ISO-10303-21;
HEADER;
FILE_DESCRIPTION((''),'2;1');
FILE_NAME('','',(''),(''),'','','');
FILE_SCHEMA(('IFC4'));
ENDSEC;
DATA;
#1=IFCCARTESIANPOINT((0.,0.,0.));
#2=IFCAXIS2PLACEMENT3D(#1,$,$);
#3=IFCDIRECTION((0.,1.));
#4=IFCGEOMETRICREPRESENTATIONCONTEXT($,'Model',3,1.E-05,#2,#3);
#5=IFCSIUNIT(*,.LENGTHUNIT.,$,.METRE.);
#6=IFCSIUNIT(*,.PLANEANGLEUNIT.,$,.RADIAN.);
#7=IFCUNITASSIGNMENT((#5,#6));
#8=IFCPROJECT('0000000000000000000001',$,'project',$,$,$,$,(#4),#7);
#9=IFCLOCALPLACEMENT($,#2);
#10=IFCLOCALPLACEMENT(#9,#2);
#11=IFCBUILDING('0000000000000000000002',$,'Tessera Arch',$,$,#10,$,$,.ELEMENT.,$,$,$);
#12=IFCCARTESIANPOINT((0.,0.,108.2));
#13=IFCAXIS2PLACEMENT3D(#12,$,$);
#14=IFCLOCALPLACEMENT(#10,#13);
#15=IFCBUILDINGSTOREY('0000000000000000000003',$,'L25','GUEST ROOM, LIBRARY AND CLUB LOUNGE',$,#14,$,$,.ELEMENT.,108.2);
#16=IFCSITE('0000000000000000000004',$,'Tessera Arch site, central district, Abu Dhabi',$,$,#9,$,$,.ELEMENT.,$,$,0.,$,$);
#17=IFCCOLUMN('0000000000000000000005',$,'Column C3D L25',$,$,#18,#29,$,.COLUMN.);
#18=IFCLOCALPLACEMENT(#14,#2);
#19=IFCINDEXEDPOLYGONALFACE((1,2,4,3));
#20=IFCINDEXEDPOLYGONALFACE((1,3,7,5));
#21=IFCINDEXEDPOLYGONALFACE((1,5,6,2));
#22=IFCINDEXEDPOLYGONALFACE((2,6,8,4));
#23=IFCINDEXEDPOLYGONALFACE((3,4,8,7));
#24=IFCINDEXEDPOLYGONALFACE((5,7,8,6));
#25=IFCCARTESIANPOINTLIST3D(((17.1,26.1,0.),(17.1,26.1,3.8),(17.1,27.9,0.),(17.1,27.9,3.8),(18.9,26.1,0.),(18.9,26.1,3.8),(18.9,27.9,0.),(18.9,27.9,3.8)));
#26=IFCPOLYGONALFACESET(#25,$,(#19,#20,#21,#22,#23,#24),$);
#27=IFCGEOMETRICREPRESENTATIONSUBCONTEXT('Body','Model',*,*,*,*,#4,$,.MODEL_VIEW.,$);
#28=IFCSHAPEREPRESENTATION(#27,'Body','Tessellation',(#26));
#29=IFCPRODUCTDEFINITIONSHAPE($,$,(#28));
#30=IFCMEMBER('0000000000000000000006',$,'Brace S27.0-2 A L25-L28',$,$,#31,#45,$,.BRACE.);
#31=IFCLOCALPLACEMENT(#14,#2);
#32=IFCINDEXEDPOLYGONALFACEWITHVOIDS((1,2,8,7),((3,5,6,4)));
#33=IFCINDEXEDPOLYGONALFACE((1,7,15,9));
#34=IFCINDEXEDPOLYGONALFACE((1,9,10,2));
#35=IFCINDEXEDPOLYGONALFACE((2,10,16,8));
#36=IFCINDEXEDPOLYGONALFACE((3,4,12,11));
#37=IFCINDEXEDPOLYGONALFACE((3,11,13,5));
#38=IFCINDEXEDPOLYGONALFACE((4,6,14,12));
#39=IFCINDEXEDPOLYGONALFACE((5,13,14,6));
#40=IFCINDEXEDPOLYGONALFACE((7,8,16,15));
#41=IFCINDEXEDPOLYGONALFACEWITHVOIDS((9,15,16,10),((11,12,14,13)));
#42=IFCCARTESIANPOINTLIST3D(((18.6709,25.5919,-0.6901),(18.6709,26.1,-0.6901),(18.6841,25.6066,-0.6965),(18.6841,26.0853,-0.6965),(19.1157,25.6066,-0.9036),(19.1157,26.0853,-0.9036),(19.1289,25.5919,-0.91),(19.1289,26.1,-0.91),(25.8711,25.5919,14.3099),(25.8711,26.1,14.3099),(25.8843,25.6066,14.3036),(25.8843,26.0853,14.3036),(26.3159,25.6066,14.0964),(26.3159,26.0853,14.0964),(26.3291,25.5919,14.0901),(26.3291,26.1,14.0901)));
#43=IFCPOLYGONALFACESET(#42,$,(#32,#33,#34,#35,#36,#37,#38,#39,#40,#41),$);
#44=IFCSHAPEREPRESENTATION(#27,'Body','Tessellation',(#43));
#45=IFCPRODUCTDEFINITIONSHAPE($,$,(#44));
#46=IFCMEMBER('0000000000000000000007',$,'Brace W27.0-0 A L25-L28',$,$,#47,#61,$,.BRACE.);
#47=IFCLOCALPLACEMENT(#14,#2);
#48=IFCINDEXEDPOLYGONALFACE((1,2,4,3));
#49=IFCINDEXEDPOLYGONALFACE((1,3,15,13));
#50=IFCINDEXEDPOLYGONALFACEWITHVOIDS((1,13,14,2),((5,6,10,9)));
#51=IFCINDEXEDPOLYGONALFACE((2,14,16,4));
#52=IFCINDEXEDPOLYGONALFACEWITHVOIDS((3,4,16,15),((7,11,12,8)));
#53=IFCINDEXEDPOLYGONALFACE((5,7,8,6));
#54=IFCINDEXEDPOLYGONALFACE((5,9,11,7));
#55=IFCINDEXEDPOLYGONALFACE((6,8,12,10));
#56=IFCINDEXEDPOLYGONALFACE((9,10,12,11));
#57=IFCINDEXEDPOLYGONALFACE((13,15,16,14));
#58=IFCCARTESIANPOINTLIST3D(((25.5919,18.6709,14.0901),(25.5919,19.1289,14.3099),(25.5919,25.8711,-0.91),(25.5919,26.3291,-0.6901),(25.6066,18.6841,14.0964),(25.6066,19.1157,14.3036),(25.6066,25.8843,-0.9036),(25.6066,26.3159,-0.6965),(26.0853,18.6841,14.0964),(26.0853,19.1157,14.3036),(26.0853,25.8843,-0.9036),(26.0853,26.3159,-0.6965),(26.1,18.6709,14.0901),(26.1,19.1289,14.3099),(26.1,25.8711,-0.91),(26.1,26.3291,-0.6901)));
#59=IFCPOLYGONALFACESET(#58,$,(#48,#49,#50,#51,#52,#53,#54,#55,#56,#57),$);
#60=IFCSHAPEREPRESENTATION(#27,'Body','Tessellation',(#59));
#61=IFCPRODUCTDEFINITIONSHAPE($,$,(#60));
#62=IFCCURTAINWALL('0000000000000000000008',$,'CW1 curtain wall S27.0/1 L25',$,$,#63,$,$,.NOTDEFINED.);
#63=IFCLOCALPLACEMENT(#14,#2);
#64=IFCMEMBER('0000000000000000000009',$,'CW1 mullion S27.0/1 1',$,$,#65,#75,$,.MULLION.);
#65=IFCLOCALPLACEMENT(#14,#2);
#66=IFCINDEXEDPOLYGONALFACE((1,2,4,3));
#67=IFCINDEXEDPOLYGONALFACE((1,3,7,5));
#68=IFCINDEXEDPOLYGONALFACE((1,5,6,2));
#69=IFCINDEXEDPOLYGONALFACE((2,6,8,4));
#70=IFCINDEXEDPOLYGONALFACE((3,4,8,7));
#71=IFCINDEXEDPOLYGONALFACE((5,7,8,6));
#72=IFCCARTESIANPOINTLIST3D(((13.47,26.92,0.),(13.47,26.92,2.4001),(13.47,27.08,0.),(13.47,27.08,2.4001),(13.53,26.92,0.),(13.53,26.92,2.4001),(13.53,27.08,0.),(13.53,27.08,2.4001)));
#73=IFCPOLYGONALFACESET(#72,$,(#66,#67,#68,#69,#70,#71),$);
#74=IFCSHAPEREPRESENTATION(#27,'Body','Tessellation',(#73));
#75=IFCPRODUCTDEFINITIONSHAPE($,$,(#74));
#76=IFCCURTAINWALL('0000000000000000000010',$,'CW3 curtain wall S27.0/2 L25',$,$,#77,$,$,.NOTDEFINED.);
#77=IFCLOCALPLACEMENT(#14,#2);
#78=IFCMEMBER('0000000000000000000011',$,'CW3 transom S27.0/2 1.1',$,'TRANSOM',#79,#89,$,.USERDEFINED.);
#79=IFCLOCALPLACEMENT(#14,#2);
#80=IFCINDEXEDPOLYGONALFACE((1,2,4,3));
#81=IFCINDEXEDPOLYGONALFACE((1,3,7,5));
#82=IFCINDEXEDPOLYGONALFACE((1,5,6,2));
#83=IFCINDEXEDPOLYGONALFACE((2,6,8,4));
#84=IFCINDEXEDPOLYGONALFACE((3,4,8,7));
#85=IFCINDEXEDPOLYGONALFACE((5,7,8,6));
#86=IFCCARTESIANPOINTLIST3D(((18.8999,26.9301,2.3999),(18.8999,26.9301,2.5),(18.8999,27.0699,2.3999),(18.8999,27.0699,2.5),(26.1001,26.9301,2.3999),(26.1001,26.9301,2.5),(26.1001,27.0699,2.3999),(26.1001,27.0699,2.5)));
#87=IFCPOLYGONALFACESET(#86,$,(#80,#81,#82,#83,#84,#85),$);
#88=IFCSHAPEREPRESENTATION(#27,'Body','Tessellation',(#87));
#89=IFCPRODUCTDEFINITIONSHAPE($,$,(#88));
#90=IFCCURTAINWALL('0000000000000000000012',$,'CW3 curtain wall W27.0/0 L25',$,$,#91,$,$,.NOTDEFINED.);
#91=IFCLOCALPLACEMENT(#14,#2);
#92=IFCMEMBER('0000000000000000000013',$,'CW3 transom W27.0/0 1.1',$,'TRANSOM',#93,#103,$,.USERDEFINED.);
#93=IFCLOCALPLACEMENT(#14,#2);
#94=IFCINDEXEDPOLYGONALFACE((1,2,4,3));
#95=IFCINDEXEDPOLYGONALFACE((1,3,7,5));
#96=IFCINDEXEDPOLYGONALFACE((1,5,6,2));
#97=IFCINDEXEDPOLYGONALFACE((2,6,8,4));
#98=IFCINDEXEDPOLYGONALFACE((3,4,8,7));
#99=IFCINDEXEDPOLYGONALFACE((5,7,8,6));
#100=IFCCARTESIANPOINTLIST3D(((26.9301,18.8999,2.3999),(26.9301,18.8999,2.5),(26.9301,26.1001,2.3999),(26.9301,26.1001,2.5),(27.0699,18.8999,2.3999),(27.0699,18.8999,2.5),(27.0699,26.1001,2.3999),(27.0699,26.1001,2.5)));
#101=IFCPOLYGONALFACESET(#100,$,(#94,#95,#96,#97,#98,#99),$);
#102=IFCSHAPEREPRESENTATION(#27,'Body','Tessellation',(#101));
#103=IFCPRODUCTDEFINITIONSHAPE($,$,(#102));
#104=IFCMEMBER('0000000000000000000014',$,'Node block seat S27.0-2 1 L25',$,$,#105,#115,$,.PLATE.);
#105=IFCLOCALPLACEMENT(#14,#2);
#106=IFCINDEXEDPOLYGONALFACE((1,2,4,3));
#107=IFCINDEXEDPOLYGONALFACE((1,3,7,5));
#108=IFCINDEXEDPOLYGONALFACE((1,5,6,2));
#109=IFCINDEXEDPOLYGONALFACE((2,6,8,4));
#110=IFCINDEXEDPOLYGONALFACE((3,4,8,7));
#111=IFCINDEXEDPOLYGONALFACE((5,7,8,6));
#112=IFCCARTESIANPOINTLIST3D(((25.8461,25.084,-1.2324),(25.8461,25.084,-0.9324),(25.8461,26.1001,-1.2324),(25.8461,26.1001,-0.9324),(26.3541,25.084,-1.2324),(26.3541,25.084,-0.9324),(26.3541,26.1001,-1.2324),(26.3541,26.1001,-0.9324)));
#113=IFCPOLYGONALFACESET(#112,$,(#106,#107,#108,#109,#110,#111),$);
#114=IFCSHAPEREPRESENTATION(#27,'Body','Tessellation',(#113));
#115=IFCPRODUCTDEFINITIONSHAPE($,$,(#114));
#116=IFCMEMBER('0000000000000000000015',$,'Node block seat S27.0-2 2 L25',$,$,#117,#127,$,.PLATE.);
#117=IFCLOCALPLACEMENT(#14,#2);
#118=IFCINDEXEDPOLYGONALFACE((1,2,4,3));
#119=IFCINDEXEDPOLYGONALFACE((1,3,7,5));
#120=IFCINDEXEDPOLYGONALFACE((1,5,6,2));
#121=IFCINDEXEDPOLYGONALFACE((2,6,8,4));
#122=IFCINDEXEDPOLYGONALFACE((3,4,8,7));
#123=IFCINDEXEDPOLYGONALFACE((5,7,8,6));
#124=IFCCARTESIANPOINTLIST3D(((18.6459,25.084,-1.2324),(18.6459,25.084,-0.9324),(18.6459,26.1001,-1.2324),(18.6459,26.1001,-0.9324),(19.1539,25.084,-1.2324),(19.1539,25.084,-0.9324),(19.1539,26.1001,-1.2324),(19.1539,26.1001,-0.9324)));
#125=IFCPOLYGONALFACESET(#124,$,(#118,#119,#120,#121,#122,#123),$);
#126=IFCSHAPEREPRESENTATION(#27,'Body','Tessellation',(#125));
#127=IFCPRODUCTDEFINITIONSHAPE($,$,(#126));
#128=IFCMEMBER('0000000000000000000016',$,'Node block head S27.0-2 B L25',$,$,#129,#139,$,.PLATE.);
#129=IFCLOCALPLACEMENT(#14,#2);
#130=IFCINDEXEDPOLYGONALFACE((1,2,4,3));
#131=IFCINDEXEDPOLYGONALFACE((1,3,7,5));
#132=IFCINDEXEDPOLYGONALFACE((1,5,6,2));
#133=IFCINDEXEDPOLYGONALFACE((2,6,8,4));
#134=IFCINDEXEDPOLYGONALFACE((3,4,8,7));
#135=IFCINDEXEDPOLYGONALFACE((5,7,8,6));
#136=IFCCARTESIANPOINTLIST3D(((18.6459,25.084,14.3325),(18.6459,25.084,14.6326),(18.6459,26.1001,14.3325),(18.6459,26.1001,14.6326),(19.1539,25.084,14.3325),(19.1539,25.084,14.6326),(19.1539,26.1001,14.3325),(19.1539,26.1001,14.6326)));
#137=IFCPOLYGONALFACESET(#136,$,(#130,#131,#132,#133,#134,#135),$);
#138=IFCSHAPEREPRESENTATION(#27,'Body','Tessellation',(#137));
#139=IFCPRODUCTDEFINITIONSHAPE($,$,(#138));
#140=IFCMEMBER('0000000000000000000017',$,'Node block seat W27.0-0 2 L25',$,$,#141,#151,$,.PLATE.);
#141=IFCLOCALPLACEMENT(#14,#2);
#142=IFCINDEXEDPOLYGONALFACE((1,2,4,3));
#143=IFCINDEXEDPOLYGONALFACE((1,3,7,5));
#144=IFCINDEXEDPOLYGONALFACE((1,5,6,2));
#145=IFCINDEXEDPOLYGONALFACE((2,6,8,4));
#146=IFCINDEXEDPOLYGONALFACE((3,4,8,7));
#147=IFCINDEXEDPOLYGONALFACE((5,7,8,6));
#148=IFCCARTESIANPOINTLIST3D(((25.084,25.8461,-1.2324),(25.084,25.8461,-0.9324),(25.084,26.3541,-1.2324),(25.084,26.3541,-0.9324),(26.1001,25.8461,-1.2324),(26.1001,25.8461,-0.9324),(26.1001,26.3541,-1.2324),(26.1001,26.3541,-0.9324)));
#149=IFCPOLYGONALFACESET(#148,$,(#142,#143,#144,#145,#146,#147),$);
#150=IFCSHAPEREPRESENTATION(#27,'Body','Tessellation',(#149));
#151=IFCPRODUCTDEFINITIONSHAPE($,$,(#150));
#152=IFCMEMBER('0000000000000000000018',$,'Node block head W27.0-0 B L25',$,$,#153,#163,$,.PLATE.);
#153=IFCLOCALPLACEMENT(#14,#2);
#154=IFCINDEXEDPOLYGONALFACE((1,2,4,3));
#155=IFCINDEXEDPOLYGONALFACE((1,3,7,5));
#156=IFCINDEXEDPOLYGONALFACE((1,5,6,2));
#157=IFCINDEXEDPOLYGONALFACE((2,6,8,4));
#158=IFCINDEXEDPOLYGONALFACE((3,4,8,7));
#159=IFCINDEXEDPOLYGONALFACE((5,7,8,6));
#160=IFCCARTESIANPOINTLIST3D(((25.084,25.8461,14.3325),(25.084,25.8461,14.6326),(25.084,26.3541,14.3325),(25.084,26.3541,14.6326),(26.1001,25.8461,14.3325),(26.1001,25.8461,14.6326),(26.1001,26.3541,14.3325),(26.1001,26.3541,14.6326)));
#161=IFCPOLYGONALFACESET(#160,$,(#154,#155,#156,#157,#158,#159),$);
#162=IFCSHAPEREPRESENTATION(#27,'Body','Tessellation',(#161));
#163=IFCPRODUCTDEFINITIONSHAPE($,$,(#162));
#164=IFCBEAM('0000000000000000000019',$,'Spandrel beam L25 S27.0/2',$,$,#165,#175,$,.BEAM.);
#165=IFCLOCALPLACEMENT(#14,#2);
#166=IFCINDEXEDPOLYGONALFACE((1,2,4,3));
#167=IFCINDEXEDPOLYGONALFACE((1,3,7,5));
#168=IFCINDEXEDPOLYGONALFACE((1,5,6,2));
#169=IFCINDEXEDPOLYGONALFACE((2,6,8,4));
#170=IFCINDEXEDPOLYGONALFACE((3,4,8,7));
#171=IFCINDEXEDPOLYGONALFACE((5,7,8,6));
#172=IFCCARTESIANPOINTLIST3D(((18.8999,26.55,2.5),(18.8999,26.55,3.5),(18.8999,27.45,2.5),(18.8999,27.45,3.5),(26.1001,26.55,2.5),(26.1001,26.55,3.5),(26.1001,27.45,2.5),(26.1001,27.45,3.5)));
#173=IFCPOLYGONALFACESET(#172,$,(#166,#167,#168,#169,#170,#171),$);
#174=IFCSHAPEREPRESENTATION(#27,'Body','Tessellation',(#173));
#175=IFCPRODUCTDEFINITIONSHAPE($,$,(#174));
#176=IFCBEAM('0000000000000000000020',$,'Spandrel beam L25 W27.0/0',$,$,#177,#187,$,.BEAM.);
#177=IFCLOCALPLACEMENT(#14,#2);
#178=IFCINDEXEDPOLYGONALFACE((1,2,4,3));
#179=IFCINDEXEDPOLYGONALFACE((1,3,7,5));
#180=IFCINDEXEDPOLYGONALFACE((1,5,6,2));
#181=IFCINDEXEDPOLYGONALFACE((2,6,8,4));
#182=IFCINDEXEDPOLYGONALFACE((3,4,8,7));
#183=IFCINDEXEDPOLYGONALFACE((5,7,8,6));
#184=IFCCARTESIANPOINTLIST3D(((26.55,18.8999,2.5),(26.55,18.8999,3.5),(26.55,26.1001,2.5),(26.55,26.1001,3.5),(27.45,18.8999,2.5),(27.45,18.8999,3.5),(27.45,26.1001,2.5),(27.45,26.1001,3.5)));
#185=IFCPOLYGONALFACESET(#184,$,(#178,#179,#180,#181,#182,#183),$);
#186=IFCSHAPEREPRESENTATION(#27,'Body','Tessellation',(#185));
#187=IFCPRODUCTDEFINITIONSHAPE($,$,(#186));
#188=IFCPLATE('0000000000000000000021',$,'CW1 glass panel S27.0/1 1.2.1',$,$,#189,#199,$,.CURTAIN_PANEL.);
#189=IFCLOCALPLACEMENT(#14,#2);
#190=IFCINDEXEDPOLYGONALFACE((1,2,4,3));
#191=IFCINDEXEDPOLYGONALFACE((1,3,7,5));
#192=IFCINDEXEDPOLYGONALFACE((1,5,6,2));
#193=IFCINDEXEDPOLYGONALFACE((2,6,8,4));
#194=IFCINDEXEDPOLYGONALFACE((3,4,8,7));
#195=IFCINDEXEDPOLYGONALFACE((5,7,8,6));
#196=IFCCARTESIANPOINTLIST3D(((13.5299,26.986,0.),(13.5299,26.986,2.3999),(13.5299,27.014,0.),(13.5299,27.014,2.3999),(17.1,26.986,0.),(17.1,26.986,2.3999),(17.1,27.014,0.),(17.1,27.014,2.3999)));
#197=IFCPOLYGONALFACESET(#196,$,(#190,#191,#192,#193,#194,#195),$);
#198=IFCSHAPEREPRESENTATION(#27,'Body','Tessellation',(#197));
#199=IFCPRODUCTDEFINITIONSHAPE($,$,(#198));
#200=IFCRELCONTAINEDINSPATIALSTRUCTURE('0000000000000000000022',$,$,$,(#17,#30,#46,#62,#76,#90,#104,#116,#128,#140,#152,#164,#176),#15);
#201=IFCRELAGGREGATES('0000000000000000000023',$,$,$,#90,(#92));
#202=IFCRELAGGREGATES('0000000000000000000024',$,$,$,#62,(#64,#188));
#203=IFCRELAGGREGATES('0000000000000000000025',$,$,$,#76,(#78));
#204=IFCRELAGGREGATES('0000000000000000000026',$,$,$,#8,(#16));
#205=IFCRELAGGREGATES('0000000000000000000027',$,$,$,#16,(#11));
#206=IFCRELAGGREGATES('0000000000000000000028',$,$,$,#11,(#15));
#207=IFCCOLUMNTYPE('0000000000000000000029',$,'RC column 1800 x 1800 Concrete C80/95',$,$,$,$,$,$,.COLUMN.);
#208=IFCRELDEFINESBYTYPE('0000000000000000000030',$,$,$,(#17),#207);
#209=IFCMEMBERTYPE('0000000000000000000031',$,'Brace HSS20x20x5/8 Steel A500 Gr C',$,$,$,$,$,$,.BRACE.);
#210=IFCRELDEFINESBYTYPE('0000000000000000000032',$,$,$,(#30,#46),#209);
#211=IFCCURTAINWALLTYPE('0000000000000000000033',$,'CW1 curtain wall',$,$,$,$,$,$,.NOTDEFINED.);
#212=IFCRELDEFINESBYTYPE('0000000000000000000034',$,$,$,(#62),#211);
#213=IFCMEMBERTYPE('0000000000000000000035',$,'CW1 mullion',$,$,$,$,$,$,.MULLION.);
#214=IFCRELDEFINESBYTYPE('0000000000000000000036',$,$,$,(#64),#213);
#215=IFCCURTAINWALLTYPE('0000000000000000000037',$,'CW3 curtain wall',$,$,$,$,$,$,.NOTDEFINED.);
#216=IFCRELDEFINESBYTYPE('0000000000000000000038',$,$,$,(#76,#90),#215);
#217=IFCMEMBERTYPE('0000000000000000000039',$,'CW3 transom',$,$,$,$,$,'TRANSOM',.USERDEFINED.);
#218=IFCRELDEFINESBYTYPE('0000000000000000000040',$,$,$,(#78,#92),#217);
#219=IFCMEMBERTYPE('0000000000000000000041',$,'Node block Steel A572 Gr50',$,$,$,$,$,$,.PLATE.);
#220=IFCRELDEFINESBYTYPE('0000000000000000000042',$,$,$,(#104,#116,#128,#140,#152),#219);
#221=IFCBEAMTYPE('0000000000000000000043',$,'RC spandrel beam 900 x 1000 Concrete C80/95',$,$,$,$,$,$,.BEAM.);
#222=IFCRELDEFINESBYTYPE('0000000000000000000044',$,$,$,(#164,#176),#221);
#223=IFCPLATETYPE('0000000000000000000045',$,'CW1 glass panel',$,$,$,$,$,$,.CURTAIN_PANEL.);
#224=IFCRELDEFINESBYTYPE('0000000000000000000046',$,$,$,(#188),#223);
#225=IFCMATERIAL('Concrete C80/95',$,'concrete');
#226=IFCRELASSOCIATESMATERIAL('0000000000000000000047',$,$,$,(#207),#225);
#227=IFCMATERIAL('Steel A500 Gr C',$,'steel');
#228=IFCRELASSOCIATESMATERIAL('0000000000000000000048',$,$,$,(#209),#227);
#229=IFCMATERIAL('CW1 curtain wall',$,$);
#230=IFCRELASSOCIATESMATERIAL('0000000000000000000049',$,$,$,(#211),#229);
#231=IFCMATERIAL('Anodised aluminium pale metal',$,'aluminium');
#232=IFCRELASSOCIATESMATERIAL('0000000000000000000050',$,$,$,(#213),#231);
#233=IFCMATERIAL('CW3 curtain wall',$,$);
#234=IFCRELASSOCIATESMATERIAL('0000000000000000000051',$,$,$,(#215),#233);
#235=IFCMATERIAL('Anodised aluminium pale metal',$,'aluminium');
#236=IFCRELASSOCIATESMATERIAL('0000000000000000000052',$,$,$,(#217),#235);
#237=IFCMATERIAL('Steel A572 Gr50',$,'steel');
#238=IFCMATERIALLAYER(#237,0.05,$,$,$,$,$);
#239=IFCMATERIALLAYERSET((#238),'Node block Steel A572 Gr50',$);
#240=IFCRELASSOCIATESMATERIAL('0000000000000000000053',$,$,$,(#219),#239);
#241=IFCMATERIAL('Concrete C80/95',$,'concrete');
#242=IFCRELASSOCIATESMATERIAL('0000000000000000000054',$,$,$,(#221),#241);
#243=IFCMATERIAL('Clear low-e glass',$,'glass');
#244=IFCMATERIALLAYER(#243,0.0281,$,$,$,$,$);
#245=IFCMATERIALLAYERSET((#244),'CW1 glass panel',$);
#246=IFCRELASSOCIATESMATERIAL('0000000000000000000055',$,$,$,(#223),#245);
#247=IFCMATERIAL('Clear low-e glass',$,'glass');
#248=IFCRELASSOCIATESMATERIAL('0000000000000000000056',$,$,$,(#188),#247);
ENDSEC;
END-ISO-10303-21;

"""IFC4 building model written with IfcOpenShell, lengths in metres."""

from ifc_helpers import new_model, si_unit, direction, frame, origin, origin_2d, place, context, subcontext, project, spatial, rectangle, hollow_rectangle, extrude, material, layer, layer_set, material_profile, profile_set, type_object, element, aggregate, save


model = new_model("IFC4")

# Units and contexts
model_context = context("Model", 3, precision=1e-05, world=origin(), true_north=direction((0.0, 1.0)))
body_context = subcontext(model_context, "Body", "Model", "MODEL_VIEW")
ifc_project = project(units=[si_unit("LENGTHUNIT", "METRE"), si_unit("PLANEANGLEUNIT", "RADIAN")], contexts=[model_context])

# Site, building, storey
site_placement = place(None, origin())
site = spatial("IfcSite", under=ifc_project, at=site_placement, Name="Tessera Arch site, central district, Abu Dhabi", CompositionType="ELEMENT", RefElevation=0.0)
building_placement = place(site_placement, origin())
building = spatial("IfcBuilding", under=site, at=building_placement, Name="Tessera Arch", CompositionType="ELEMENT")
storey_placement = place(building_placement, frame((0.0, 0.0, 108.2)))
storey = spatial("IfcBuildingStorey", under=building, at=storey_placement, Name="L25", Description="GUEST ROOM, LIBRARY AND CLUB LOUNGE", CompositionType="ELEMENT", Elevation=108.2)

# Column
ifc_material_1 = material(Name="Concrete C80/95", Category="concrete")
ifc_material_profile_1 = material_profile(ifc_material_1, rectangle(XDim=1.8, YDim=1.8, at=origin_2d()), Name="RC column 1800 x 1800 Concrete C80/95")
ifc_profile_set_1 = profile_set([ifc_material_profile_1], Name="Concrete C80/95")
column_type = type_object("IfcColumnType", Name="RC column 1800 x 1800 Concrete C80/95", PredefinedType="COLUMN", material=ifc_profile_set_1)
column_placement = place(storey_placement, frame((18.0, 27.0, 0.0), z_axis=(0.0, 0.0, 1.0), x_axis=(1.0, 0.0, 0.0)))
element("IfcColumn", 1, at=column_placement, inside=storey, type_object=column_type, Name="Column C3D L25", PredefinedType="COLUMN", context=body_context, shape_type="SweptSolid", body=[
    extrude(rectangle(XDim=1.8, YDim=1.8, at=origin_2d()), origin(), (0.0, 0.0, 1.0), 3.8),
])

# Members
ifc_material_2 = material(Name="Steel A500 Gr C", Category="steel")
ifc_material_profile_2 = material_profile(ifc_material_2, hollow_rectangle(XDim=0.5081, YDim=0.5081, WallThickness=0.0146, at=origin_2d()), Name="HSS20x20x5/8")
ifc_profile_set_2 = profile_set([ifc_material_profile_2], Name="Steel A500 Gr C")
member_type_1 = type_object("IfcMemberType", Name="Brace HSS20x20x5/8 Steel A500 Gr C", PredefinedType="BRACE", material=ifc_profile_set_2)
for number, where, z_axis, x_axis, name in (
    (2, (18.8999, 25.8459, -0.8), (0.432741, 0.0, 0.901518), (0.0, 1.0, 0.0), "Brace S27.0-2 A L25-L28"),
    (3, (25.8459, 26.1001, -0.8), (0.0, -0.432741, 0.901518), (1.0, 0.0, 0.0), "Brace W27.0-0 A L25-L28"),
):
    element("IfcMember", number, at=place(storey_placement, frame(where, z_axis=z_axis, x_axis=x_axis)), inside=storey, type_object=member_type_1, Name=name, PredefinedType="BRACE", context=body_context, shape_type="SweptSolid", body=[
        extrude(hollow_rectangle(XDim=0.5081, YDim=0.5081, WallThickness=0.0146, at=origin_2d()), origin(), (0.0, 0.0, 1.0), 16.6387),
    ])

# Curtain walls, members
ifc_material_3 = material(Name="CW1 curtain wall")
curtain_wall_type_1 = type_object("IfcCurtainWallType", Name="CW1 curtain wall", PredefinedType="NOTDEFINED", material=ifc_material_3)
curtain_wall_1_placement = place(storey_placement, origin())
curtain_wall_1 = element("IfcCurtainWall", 4, at=curtain_wall_1_placement, inside=storey, type_object=curtain_wall_type_1, Name="CW1 curtain wall S27.0/1 L25", PredefinedType="NOTDEFINED")
ifc_material_4 = material(Name="Anodised aluminium pale metal", Category="aluminium")
ifc_material_profile_3 = material_profile(ifc_material_4, rectangle(XDim=0.1599, YDim=0.0601, at=origin_2d()), Name="AL 60x160")
ifc_profile_set_3 = profile_set([ifc_material_profile_3], Name="Anodised aluminium pale metal")
member_type_2 = type_object("IfcMemberType", Name="CW1 mullion", PredefinedType="MULLION", material=ifc_profile_set_3)
member_1_placement = place(storey_placement, frame((13.5, 27.0, 0.0), z_axis=(0.0, 0.0, 1.0), x_axis=(0.0, 1.0, 0.0)))
member_1 = element("IfcMember", 5, at=member_1_placement, type_object=member_type_2, Name="CW1 mullion S27.0/1 1", PredefinedType="MULLION", context=body_context, shape_type="SweptSolid", body=[
    extrude(rectangle(XDim=0.1599, YDim=0.0601, at=origin_2d()), origin(), (0.0, 0.0, 1.0), 2.4001),
])
ifc_material_5 = material(Name="CW3 curtain wall")
curtain_wall_type_2 = type_object("IfcCurtainWallType", Name="CW3 curtain wall", PredefinedType="NOTDEFINED", material=ifc_material_5)
curtain_wall_2_placement = place(storey_placement, origin())
curtain_wall_2 = element("IfcCurtainWall", 6, at=curtain_wall_2_placement, inside=storey, type_object=curtain_wall_type_2, Name="CW3 curtain wall S27.0/2 L25", PredefinedType="NOTDEFINED")
ifc_material_6 = material(Name="Anodised aluminium pale metal", Category="aluminium")
ifc_material_profile_4 = material_profile(ifc_material_6, rectangle(XDim=0.1399, YDim=0.1001, at=origin_2d()), Name="AL 140x100")
ifc_profile_set_4 = profile_set([ifc_material_profile_4], Name="Anodised aluminium pale metal")
member_type_3 = type_object("IfcMemberType", Name="CW3 transom", ElementType="TRANSOM", PredefinedType="USERDEFINED", material=ifc_profile_set_4)
member_2_placement = place(storey_placement, frame((18.8999, 27.0, 2.45), z_axis=(1.0, 0.0, 0.0), x_axis=(0.0, 1.0, 0.0)))
member_2 = element("IfcMember", 7, at=member_2_placement, type_object=member_type_3, Name="CW3 transom S27.0/2 1.1", ObjectType="TRANSOM", PredefinedType="USERDEFINED", context=body_context, shape_type="SweptSolid", body=[
    extrude(rectangle(XDim=0.1399, YDim=0.1001, at=origin_2d()), origin(), (0.0, 0.0, 1.0), 7.2002),
])
curtain_wall_3_placement = place(storey_placement, origin())
curtain_wall_3 = element("IfcCurtainWall", 8, at=curtain_wall_3_placement, inside=storey, type_object=curtain_wall_type_2, Name="CW3 curtain wall W27.0/0 L25", PredefinedType="NOTDEFINED")
member_3_placement = place(storey_placement, frame((27.0, 26.1001, 2.45), z_axis=(0.0, -1.0, 0.0), x_axis=(1.0, 0.0, 0.0)))
member_3 = element("IfcMember", 9, at=member_3_placement, type_object=member_type_3, Name="CW3 transom W27.0/0 1.1", ObjectType="TRANSOM", PredefinedType="USERDEFINED", context=body_context, shape_type="SweptSolid", body=[
    extrude(rectangle(XDim=0.1399, YDim=0.1001, at=origin_2d()), origin(), (0.0, 0.0, 1.0), 7.2002),
])
aggregate(curtain_wall_3, [member_3])

# Members
ifc_material_7 = material(Name="Steel A572 Gr50", Category="steel")
ifc_layer_1 = layer(ifc_material_7, 0.05)
ifc_layer_set_1 = layer_set([ifc_layer_1], Name="Node block Steel A572 Gr50")
member_type_4 = type_object("IfcMemberType", Name="Node block Steel A572 Gr50", PredefinedType="PLATE", material=ifc_layer_set_1)
for number, where, z_axis, x_axis, name in (
    (10, (26.1001, 25.592, -1.2324), (0.0, 0.0, 1.0), (1.0, 0.0, 0.0), "Node block seat S27.0-2 1 L25"),
    (11, (18.8999, 25.592, -1.2324), (0.0, 0.0, 1.0), (1.0, 0.0, 0.0), "Node block seat S27.0-2 2 L25"),
    (12, (18.8999, 25.592, 14.3325), (0.0, 0.0, 1.0), (1.0, 0.0, 0.0), "Node block head S27.0-2 B L25"),
    (13, (25.592, 26.1001, -1.2324), (0.0, 0.0, 1.0), (0.0, -1.0, 0.0), "Node block seat W27.0-0 2 L25"),
    (14, (25.592, 26.1001, 14.3325), (0.0, 0.0, 1.0), (0.0, -1.0, 0.0), "Node block head W27.0-0 B L25"),
):
    element("IfcMember", number, at=place(storey_placement, frame(where, z_axis=z_axis, x_axis=x_axis)), inside=storey, type_object=member_type_4, Name=name, PredefinedType="PLATE", context=body_context, shape_type="SweptSolid", body=[
        extrude(rectangle(XDim=0.5081, YDim=1.0161, at=origin_2d()), origin(), (0.0, 0.0, 1.0), 0.3),
    ])

# Beams
ifc_material_8 = material(Name="Concrete C80/95", Category="concrete")
ifc_material_profile_5 = material_profile(ifc_material_8, rectangle(XDim=0.8999, YDim=1.0, at=origin_2d()), Name="RC spandrel beam 900 x 1000 Concrete C80/95")
ifc_profile_set_5 = profile_set([ifc_material_profile_5], Name="Concrete C80/95")
beam_type = type_object("IfcBeamType", Name="RC spandrel beam 900 x 1000 Concrete C80/95", PredefinedType="BEAM", material=ifc_profile_set_5)
for number, where, z_axis, x_axis, name in (
    (15, (18.8999, 27.0, 3.0), (1.0, 0.0, 0.0), (0.0, 1.0, 0.0), "Spandrel beam L25 S27.0/2"),
    (16, (27.0, 26.1001, 3.0), (0.0, -1.0, 0.0), (1.0, 0.0, 0.0), "Spandrel beam L25 W27.0/0"),
):
    element("IfcBeam", number, at=place(storey_placement, frame(where, z_axis=z_axis, x_axis=x_axis)), inside=storey, type_object=beam_type, Name=name, PredefinedType="BEAM", context=body_context, shape_type="SweptSolid", body=[
        extrude(rectangle(XDim=0.8999, YDim=1.0, at=origin_2d()), origin(), (0.0, 0.0, 1.0), 7.2002),
    ])

# Plate
ifc_material_9 = material(Name="Clear low-e glass", Category="glass")
ifc_material_10 = material(Name="Clear low-e glass", Category="glass")
ifc_layer_2 = layer(ifc_material_10, 0.0281)
ifc_layer_set_2 = layer_set([ifc_layer_2], Name="CW1 glass panel")
plate_type_1 = type_object("IfcPlateType", Name="CW1 glass panel", PredefinedType="CURTAIN_PANEL", material=ifc_layer_set_2)
plate_1_placement = place(storey_placement, frame((15.3149, 27.0, 0.0), z_axis=(0.0, 0.0, 1.0), x_axis=(1.0, 0.0, 0.0)))
plate_1 = element("IfcPlate", 17, at=plate_1_placement, type_object=plate_type_1, material=ifc_material_9, Name="CW1 glass panel S27.0/1 1.2.1", PredefinedType="CURTAIN_PANEL", context=body_context, shape_type="SweptSolid", body=[
    extrude(rectangle(XDim=3.5701, YDim=0.0281, at=origin_2d()), origin(), (0.0, 0.0, 1.0), 2.3999),
])
aggregate(curtain_wall_1, [member_1, plate_1])
aggregate(curtain_wall_2, [member_2])

save(model, "model.ifc")
